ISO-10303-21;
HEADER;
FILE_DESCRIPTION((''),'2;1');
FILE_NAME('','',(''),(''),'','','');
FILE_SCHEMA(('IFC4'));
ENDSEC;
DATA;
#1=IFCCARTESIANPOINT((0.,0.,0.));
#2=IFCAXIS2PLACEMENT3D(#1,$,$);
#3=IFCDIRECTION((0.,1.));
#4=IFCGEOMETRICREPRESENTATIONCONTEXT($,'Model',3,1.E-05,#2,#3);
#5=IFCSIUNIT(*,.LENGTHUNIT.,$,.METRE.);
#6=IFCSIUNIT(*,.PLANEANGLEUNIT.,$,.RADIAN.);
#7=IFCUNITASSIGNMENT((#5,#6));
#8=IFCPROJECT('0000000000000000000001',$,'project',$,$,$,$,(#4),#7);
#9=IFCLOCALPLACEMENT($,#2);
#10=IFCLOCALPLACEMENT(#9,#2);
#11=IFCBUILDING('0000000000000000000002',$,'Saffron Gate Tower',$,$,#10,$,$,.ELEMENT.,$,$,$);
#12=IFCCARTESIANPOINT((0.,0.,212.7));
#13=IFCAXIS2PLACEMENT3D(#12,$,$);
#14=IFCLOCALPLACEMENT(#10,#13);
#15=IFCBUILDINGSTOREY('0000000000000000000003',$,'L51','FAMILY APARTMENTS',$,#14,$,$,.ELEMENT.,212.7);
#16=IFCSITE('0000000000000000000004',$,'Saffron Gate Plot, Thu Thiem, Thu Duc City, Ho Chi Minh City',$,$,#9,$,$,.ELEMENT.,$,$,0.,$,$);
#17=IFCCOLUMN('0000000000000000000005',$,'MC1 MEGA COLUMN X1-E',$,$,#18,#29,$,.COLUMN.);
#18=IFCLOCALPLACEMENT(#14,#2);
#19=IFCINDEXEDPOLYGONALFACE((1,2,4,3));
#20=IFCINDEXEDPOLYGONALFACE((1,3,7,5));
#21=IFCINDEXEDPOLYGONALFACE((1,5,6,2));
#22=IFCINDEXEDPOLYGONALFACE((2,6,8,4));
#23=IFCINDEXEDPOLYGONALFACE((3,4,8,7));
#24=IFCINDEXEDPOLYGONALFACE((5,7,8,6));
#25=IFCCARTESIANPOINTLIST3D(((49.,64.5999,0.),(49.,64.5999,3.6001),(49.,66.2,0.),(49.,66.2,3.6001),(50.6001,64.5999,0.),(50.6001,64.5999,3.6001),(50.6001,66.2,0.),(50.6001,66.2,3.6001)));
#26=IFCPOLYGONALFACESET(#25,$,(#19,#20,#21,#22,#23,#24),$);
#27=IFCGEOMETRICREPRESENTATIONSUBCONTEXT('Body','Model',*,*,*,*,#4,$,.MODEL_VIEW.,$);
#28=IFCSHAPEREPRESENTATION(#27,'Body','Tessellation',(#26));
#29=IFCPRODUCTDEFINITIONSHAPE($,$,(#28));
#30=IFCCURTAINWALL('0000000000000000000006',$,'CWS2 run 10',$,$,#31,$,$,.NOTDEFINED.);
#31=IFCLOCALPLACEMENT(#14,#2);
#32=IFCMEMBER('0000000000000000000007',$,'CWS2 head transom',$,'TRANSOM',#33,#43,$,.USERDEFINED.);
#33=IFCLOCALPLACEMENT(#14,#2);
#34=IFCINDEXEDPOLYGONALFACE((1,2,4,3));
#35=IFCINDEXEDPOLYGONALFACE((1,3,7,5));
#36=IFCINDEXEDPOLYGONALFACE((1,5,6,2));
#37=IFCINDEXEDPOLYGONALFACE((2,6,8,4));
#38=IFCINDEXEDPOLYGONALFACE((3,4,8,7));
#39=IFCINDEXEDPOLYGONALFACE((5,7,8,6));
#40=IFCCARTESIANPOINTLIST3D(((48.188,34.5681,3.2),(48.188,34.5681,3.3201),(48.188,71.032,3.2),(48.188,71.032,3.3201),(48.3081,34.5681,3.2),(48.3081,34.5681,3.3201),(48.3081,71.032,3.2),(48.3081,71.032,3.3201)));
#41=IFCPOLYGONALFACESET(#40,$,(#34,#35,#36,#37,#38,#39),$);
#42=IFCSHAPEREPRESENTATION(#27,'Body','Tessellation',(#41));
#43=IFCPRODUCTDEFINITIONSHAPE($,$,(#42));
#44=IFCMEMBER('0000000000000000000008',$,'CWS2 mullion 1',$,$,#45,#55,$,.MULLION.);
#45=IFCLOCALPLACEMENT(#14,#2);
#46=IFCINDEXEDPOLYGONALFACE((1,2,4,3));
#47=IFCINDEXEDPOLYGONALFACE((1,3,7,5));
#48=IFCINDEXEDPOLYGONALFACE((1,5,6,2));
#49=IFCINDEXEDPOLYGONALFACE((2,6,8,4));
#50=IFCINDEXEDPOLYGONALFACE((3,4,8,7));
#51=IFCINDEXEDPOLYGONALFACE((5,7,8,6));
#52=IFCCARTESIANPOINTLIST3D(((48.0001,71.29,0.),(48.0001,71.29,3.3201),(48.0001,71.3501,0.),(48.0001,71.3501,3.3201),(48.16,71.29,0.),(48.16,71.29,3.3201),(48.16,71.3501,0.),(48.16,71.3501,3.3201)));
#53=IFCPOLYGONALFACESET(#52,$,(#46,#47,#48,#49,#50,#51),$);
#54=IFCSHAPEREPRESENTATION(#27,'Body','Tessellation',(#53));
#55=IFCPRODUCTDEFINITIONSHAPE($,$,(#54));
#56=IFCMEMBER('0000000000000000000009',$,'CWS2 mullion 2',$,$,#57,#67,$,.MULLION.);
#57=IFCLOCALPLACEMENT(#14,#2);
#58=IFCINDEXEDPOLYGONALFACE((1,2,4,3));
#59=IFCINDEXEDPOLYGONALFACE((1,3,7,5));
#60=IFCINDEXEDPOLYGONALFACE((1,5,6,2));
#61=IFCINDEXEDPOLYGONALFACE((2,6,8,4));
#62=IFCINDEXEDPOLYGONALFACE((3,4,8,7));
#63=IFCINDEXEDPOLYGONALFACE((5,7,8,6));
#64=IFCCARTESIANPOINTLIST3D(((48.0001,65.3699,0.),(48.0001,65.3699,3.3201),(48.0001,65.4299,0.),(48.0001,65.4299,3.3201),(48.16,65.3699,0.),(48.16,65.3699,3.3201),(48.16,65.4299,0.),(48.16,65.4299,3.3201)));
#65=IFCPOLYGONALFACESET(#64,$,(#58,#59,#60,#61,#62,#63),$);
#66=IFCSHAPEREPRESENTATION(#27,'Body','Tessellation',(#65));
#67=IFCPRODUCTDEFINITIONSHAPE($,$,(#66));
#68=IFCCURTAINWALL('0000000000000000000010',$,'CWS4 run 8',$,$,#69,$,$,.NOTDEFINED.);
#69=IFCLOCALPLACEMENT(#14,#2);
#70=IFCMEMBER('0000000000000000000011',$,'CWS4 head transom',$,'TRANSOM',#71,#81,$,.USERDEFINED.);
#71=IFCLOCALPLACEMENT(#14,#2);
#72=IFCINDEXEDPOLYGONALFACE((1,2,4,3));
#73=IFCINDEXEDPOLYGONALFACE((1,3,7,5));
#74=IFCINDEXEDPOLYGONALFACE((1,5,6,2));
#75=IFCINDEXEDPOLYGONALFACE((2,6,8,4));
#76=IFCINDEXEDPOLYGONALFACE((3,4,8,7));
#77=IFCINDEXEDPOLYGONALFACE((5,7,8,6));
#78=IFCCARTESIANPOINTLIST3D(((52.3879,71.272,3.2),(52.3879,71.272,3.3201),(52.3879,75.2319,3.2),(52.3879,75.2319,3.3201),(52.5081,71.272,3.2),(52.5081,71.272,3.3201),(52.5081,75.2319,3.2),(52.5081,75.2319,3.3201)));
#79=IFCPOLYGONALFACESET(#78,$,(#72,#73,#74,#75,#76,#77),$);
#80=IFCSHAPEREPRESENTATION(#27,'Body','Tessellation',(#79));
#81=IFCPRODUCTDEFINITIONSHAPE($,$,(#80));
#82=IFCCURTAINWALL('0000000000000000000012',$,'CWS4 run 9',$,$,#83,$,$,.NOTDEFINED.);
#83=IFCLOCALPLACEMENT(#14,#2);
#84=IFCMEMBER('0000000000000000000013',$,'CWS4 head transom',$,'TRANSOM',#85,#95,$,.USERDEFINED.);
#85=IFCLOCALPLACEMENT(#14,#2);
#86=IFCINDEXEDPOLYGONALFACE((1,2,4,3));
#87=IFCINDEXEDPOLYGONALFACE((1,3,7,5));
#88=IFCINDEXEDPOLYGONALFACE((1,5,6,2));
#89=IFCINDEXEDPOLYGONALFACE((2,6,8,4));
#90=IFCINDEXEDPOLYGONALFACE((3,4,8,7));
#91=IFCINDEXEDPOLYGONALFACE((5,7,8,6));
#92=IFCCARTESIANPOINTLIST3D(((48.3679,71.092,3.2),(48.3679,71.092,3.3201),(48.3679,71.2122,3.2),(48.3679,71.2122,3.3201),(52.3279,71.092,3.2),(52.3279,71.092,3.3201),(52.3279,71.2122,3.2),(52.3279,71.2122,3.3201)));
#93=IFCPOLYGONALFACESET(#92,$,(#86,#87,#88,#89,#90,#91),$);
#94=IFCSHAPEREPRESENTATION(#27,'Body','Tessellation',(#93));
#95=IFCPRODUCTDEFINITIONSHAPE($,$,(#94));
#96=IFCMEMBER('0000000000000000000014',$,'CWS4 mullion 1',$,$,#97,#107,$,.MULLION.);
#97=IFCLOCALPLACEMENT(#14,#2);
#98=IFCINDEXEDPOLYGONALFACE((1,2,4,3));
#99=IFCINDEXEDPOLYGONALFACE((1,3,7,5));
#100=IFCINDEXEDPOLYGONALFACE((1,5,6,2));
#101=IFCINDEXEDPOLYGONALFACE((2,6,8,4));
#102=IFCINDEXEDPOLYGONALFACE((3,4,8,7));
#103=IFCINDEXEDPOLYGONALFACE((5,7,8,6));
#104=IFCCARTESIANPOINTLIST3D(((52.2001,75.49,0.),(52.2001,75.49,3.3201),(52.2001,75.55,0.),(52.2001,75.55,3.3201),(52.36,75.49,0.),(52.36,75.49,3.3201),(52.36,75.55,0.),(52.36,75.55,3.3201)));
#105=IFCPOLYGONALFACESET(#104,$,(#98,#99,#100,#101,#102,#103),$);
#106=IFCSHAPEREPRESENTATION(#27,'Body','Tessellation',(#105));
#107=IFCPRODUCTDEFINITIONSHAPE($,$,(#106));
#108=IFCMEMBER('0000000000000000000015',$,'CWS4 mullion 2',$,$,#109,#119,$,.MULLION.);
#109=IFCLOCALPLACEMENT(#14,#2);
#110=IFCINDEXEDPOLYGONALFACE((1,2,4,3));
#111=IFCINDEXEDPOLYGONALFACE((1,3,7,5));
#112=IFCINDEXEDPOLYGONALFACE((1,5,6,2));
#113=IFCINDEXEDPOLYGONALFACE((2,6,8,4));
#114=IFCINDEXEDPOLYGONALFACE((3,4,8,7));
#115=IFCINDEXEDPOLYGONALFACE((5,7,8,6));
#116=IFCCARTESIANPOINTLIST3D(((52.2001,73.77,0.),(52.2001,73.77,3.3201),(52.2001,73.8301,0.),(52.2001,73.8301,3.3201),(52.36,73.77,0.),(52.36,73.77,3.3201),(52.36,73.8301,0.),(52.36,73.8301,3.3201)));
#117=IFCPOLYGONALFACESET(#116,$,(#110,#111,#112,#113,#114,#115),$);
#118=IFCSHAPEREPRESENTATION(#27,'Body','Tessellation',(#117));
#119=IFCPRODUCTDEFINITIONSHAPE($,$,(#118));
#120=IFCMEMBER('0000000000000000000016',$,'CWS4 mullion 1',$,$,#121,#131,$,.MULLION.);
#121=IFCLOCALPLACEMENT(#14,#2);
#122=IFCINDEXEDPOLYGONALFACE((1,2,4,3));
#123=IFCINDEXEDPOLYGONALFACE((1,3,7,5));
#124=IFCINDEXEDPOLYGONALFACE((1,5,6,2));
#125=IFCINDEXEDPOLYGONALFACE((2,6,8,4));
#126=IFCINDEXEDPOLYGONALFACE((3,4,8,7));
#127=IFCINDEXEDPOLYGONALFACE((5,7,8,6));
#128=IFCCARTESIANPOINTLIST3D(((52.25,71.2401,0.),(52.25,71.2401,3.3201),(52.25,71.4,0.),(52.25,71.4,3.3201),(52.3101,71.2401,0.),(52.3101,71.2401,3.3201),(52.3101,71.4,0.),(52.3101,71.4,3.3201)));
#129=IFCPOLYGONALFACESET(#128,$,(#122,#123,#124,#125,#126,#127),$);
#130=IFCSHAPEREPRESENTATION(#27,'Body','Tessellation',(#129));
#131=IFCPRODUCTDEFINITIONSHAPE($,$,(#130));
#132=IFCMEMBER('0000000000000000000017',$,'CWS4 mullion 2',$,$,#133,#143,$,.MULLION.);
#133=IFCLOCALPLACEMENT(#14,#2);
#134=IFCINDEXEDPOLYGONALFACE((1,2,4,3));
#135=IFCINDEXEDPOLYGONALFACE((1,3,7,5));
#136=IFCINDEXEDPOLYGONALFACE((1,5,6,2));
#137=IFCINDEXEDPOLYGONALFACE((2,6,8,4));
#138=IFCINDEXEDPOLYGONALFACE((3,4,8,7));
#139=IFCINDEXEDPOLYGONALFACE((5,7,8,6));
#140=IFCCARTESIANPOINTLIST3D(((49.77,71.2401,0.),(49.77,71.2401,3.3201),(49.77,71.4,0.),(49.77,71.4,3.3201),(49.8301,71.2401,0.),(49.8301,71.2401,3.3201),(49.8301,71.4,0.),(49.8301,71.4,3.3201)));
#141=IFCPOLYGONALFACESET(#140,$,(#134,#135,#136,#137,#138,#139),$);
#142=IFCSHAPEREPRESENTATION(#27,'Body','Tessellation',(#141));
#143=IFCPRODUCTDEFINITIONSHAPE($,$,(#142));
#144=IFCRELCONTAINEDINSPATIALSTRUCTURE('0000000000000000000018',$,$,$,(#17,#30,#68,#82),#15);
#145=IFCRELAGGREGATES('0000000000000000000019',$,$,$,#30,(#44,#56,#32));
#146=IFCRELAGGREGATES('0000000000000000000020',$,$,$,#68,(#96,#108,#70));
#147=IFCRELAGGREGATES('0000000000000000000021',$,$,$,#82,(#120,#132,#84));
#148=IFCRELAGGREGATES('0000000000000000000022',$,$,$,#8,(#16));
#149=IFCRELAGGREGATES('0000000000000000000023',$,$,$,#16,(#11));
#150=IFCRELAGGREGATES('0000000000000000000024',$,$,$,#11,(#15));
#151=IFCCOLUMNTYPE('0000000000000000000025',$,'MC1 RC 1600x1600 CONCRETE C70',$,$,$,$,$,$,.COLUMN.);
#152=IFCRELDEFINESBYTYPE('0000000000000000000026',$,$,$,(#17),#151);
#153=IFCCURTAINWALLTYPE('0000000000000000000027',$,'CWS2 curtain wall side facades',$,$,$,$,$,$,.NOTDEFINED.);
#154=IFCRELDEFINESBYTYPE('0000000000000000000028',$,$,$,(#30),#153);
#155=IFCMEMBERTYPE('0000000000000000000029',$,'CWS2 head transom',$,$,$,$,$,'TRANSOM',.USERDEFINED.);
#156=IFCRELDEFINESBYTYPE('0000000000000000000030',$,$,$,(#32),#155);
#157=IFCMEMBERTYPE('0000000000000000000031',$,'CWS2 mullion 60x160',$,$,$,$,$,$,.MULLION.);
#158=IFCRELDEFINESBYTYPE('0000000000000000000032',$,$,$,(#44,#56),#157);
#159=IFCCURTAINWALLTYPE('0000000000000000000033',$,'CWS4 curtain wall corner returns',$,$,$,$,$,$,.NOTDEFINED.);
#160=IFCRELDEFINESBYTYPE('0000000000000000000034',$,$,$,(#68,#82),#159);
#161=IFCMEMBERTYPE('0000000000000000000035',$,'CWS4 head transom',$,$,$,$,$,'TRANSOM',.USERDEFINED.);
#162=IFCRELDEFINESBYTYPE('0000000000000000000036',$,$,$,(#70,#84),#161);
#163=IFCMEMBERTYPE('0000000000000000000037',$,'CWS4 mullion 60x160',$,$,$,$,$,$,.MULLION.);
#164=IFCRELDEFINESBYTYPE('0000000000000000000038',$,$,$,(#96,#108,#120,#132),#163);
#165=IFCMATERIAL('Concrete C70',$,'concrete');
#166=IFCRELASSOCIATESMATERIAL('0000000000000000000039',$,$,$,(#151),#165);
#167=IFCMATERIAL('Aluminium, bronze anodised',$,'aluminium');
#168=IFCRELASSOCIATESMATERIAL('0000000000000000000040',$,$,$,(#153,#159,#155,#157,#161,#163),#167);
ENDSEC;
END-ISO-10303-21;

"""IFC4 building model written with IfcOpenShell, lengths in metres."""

from ifc_helpers import new_model, si_unit, direction, frame, origin, origin_2d, place, context, subcontext, project, spatial, rectangle, extrude, material, material_profile, profile_set, type_object, element, aggregate, save


model = new_model("IFC4")

# Units and contexts
model_context = context("Model", 3, precision=1e-05, world=origin(), true_north=direction((0.0, 1.0)))
body_context = subcontext(model_context, "Body", "Model", "MODEL_VIEW")
ifc_project = project(units=[si_unit("LENGTHUNIT", "METRE"), si_unit("PLANEANGLEUNIT", "RADIAN")], contexts=[model_context])

# Site, building, storey
site_placement = place(None, origin())
site = spatial("IfcSite", under=ifc_project, at=site_placement, Name="Saffron Gate Plot, Thu Thiem, Thu Duc City, Ho Chi Minh City", CompositionType="ELEMENT", RefElevation=0.0)
building_placement = place(site_placement, origin())
building = spatial("IfcBuilding", under=site, at=building_placement, Name="Saffron Gate Tower", CompositionType="ELEMENT")
storey_placement = place(building_placement, frame((0.0, 0.0, 212.7)))
storey = spatial("IfcBuildingStorey", under=building, at=storey_placement, Name="L51", Description="FAMILY APARTMENTS", CompositionType="ELEMENT", Elevation=212.7)

# Column
ifc_material_1 = material(Name="Concrete C70", Category="concrete")
ifc_material_profile_1 = material_profile(ifc_material_1, rectangle(XDim=1.6001, YDim=1.6001, at=origin_2d()))
ifc_profile_set_1 = profile_set([ifc_material_profile_1], Name="Concrete C70")
column_type = type_object("IfcColumnType", Name="MC1 RC 1600x1600 CONCRETE C70", PredefinedType="COLUMN", material=ifc_profile_set_1)
column_placement = place(storey_placement, frame((49.8, 65.3999, 0.0), z_axis=(0.0, 0.0, 1.0), x_axis=(1.0, 0.0, 0.0)))
element("IfcColumn", 1, at=column_placement, inside=storey, type_object=column_type, Name="MC1 MEGA COLUMN X1-E", PredefinedType="COLUMN", context=body_context, shape_type="SweptSolid", body=[
    extrude(rectangle(XDim=1.6001, YDim=1.6001, at=origin_2d()), origin(), (0.0, 0.0, 1.0), 3.6001),
])

# Curtain wall, members
ifc_material_2 = material(Name="Aluminium, bronze anodised", Category="aluminium")
curtain_wall_type_1 = type_object("IfcCurtainWallType", Name="CWS2 curtain wall side facades", PredefinedType="NOTDEFINED", material=ifc_material_2)
curtain_wall_1_placement = place(storey_placement, origin())
curtain_wall_1 = element("IfcCurtainWall", 2, at=curtain_wall_1_placement, inside=storey, type_object=curtain_wall_type_1, Name="CWS2 run 10", PredefinedType="NOTDEFINED")
ifc_material_profile_2 = material_profile(ifc_material_2, rectangle(XDim=0.1201, YDim=0.1201, at=origin_2d()))
ifc_profile_set_2 = profile_set([ifc_material_profile_2], Name="Aluminium, bronze anodised")
member_type_1 = type_object("IfcMemberType", Name="CWS2 head transom", ElementType="TRANSOM", PredefinedType="USERDEFINED", material=ifc_profile_set_2)
member_1_placement = place(storey_placement, frame((48.248, 71.032, 3.26), z_axis=(0.0, -1.0, 0.0), x_axis=(1.0, 0.0, 0.0)))
member_1 = element("IfcMember", 3, at=member_1_placement, type_object=member_type_1, Name="CWS2 head transom", ObjectType="TRANSOM", PredefinedType="USERDEFINED", context=body_context, shape_type="SweptSolid", body=[
    extrude(rectangle(XDim=0.1201, YDim=0.1201, at=origin_2d()), origin(), (0.0, 0.0, 1.0), 36.4639),
])
ifc_material_profile_3 = material_profile(ifc_material_2, rectangle(XDim=0.1599, YDim=0.0601, at=origin_2d()))
ifc_profile_set_3 = profile_set([ifc_material_profile_3], Name="Aluminium, bronze anodised")
member_type_2 = type_object("IfcMemberType", Name="CWS2 mullion 60x160", PredefinedType="MULLION", material=ifc_profile_set_3)
member_2_placement = place(storey_placement, frame((48.0801, 71.3201, 0.0), z_axis=(0.0, 0.0, 1.0), x_axis=(1.0, 0.0, 0.0)))
member_2 = element("IfcMember", 4, at=member_2_placement, type_object=member_type_2, Name="CWS2 mullion 1", PredefinedType="MULLION", context=body_context, shape_type="SweptSolid", body=[
    extrude(rectangle(XDim=0.1599, YDim=0.0601, at=origin_2d()), origin(), (0.0, 0.0, 1.0), 3.3201),
])
member_3_placement = place(storey_placement, frame((48.0801, 65.3999, 0.0), z_axis=(0.0, 0.0, 1.0), x_axis=(1.0, 0.0, 0.0)))
member_3 = element("IfcMember", 5, at=member_3_placement, type_object=member_type_2, Name="CWS2 mullion 2", PredefinedType="MULLION", context=body_context, shape_type="SweptSolid", body=[
    extrude(rectangle(XDim=0.1599, YDim=0.0601, at=origin_2d()), origin(), (0.0, 0.0, 1.0), 3.3201),
])

# Curtain walls, members
curtain_wall_type_2 = type_object("IfcCurtainWallType", Name="CWS4 curtain wall corner returns", PredefinedType="NOTDEFINED", material=ifc_material_2)
curtain_wall_2_placement = place(storey_placement, origin())
curtain_wall_2 = element("IfcCurtainWall", 6, at=curtain_wall_2_placement, inside=storey, type_object=curtain_wall_type_2, Name="CWS4 run 8", PredefinedType="NOTDEFINED")
ifc_material_profile_4 = material_profile(ifc_material_2, rectangle(XDim=0.1201, YDim=0.1201, at=origin_2d()))
ifc_profile_set_4 = profile_set([ifc_material_profile_4], Name="Aluminium, bronze anodised")
member_type_3 = type_object("IfcMemberType", Name="CWS4 head transom", ElementType="TRANSOM", PredefinedType="USERDEFINED", material=ifc_profile_set_4)
member_4_placement = place(storey_placement, frame((52.448, 75.2319, 3.26), z_axis=(0.0, -1.0, 0.0), x_axis=(1.0, 0.0, 0.0)))
member_4 = element("IfcMember", 7, at=member_4_placement, type_object=member_type_3, Name="CWS4 head transom", ObjectType="TRANSOM", PredefinedType="USERDEFINED", context=body_context, shape_type="SweptSolid", body=[
    extrude(rectangle(XDim=0.1201, YDim=0.1201, at=origin_2d()), origin(), (0.0, 0.0, 1.0), 3.96),
])
curtain_wall_3_placement = place(storey_placement, origin())
curtain_wall_3 = element("IfcCurtainWall", 8, at=curtain_wall_3_placement, inside=storey, type_object=curtain_wall_type_2, Name="CWS4 run 9", PredefinedType="NOTDEFINED")
member_5_placement = place(storey_placement, frame((52.3279, 71.1521, 3.26), z_axis=(-1.0, 0.0, 0.0), x_axis=(0.0, -1.0, 0.0)))
member_5 = element("IfcMember", 9, at=member_5_placement, type_object=member_type_3, Name="CWS4 head transom", ObjectType="TRANSOM", PredefinedType="USERDEFINED", context=body_context, shape_type="SweptSolid", body=[
    extrude(rectangle(XDim=0.1201, YDim=0.1201, at=origin_2d()), origin(), (0.0, 0.0, 1.0), 3.96),
])

# Members
ifc_material_profile_5 = material_profile(ifc_material_2, rectangle(XDim=0.1599, YDim=0.0601, at=origin_2d()))
ifc_profile_set_5 = profile_set([ifc_material_profile_5], Name="Aluminium, bronze anodised")
member_type_4 = type_object("IfcMemberType", Name="CWS4 mullion 60x160", PredefinedType="MULLION", material=ifc_profile_set_5)
member_6_placement = place(storey_placement, frame((52.28, 75.52, 0.0), z_axis=(0.0, 0.0, 1.0), x_axis=(1.0, 0.0, 0.0)))
member_6 = element("IfcMember", 10, at=member_6_placement, type_object=member_type_4, Name="CWS4 mullion 1", PredefinedType="MULLION", context=body_context, shape_type="SweptSolid", body=[
    extrude(rectangle(XDim=0.1599, YDim=0.0601, at=origin_2d()), origin(), (0.0, 0.0, 1.0), 3.3201),
])
member_7_placement = place(storey_placement, frame((52.28, 73.8, 0.0), z_axis=(0.0, 0.0, 1.0), x_axis=(1.0, 0.0, 0.0)))
member_7 = element("IfcMember", 11, at=member_7_placement, type_object=member_type_4, Name="CWS4 mullion 2", PredefinedType="MULLION", context=body_context, shape_type="SweptSolid", body=[
    extrude(rectangle(XDim=0.1599, YDim=0.0601, at=origin_2d()), origin(), (0.0, 0.0, 1.0), 3.3201),
])
member_8_placement = place(storey_placement, frame((52.28, 71.3201, 0.0), z_axis=(0.0, 0.0, 1.0), x_axis=(0.0, -1.0, 0.0)))
member_8 = element("IfcMember", 12, at=member_8_placement, type_object=member_type_4, Name="CWS4 mullion 1", PredefinedType="MULLION", context=body_context, shape_type="SweptSolid", body=[
    extrude(rectangle(XDim=0.1599, YDim=0.0601, at=origin_2d()), origin(), (0.0, 0.0, 1.0), 3.3201),
])
member_9_placement = place(storey_placement, frame((49.8, 71.3201, 0.0), z_axis=(0.0, 0.0, 1.0), x_axis=(0.0, -1.0, 0.0)))
member_9 = element("IfcMember", 13, at=member_9_placement, type_object=member_type_4, Name="CWS4 mullion 2", PredefinedType="MULLION", context=body_context, shape_type="SweptSolid", body=[
    extrude(rectangle(XDim=0.1599, YDim=0.0601, at=origin_2d()), origin(), (0.0, 0.0, 1.0), 3.3201),
])

aggregate(curtain_wall_1, [member_2, member_3, member_1])

aggregate(curtain_wall_2, [member_6, member_7, member_4])
aggregate(curtain_wall_3, [member_8, member_9, member_5])

save(model, "model.ifc")
